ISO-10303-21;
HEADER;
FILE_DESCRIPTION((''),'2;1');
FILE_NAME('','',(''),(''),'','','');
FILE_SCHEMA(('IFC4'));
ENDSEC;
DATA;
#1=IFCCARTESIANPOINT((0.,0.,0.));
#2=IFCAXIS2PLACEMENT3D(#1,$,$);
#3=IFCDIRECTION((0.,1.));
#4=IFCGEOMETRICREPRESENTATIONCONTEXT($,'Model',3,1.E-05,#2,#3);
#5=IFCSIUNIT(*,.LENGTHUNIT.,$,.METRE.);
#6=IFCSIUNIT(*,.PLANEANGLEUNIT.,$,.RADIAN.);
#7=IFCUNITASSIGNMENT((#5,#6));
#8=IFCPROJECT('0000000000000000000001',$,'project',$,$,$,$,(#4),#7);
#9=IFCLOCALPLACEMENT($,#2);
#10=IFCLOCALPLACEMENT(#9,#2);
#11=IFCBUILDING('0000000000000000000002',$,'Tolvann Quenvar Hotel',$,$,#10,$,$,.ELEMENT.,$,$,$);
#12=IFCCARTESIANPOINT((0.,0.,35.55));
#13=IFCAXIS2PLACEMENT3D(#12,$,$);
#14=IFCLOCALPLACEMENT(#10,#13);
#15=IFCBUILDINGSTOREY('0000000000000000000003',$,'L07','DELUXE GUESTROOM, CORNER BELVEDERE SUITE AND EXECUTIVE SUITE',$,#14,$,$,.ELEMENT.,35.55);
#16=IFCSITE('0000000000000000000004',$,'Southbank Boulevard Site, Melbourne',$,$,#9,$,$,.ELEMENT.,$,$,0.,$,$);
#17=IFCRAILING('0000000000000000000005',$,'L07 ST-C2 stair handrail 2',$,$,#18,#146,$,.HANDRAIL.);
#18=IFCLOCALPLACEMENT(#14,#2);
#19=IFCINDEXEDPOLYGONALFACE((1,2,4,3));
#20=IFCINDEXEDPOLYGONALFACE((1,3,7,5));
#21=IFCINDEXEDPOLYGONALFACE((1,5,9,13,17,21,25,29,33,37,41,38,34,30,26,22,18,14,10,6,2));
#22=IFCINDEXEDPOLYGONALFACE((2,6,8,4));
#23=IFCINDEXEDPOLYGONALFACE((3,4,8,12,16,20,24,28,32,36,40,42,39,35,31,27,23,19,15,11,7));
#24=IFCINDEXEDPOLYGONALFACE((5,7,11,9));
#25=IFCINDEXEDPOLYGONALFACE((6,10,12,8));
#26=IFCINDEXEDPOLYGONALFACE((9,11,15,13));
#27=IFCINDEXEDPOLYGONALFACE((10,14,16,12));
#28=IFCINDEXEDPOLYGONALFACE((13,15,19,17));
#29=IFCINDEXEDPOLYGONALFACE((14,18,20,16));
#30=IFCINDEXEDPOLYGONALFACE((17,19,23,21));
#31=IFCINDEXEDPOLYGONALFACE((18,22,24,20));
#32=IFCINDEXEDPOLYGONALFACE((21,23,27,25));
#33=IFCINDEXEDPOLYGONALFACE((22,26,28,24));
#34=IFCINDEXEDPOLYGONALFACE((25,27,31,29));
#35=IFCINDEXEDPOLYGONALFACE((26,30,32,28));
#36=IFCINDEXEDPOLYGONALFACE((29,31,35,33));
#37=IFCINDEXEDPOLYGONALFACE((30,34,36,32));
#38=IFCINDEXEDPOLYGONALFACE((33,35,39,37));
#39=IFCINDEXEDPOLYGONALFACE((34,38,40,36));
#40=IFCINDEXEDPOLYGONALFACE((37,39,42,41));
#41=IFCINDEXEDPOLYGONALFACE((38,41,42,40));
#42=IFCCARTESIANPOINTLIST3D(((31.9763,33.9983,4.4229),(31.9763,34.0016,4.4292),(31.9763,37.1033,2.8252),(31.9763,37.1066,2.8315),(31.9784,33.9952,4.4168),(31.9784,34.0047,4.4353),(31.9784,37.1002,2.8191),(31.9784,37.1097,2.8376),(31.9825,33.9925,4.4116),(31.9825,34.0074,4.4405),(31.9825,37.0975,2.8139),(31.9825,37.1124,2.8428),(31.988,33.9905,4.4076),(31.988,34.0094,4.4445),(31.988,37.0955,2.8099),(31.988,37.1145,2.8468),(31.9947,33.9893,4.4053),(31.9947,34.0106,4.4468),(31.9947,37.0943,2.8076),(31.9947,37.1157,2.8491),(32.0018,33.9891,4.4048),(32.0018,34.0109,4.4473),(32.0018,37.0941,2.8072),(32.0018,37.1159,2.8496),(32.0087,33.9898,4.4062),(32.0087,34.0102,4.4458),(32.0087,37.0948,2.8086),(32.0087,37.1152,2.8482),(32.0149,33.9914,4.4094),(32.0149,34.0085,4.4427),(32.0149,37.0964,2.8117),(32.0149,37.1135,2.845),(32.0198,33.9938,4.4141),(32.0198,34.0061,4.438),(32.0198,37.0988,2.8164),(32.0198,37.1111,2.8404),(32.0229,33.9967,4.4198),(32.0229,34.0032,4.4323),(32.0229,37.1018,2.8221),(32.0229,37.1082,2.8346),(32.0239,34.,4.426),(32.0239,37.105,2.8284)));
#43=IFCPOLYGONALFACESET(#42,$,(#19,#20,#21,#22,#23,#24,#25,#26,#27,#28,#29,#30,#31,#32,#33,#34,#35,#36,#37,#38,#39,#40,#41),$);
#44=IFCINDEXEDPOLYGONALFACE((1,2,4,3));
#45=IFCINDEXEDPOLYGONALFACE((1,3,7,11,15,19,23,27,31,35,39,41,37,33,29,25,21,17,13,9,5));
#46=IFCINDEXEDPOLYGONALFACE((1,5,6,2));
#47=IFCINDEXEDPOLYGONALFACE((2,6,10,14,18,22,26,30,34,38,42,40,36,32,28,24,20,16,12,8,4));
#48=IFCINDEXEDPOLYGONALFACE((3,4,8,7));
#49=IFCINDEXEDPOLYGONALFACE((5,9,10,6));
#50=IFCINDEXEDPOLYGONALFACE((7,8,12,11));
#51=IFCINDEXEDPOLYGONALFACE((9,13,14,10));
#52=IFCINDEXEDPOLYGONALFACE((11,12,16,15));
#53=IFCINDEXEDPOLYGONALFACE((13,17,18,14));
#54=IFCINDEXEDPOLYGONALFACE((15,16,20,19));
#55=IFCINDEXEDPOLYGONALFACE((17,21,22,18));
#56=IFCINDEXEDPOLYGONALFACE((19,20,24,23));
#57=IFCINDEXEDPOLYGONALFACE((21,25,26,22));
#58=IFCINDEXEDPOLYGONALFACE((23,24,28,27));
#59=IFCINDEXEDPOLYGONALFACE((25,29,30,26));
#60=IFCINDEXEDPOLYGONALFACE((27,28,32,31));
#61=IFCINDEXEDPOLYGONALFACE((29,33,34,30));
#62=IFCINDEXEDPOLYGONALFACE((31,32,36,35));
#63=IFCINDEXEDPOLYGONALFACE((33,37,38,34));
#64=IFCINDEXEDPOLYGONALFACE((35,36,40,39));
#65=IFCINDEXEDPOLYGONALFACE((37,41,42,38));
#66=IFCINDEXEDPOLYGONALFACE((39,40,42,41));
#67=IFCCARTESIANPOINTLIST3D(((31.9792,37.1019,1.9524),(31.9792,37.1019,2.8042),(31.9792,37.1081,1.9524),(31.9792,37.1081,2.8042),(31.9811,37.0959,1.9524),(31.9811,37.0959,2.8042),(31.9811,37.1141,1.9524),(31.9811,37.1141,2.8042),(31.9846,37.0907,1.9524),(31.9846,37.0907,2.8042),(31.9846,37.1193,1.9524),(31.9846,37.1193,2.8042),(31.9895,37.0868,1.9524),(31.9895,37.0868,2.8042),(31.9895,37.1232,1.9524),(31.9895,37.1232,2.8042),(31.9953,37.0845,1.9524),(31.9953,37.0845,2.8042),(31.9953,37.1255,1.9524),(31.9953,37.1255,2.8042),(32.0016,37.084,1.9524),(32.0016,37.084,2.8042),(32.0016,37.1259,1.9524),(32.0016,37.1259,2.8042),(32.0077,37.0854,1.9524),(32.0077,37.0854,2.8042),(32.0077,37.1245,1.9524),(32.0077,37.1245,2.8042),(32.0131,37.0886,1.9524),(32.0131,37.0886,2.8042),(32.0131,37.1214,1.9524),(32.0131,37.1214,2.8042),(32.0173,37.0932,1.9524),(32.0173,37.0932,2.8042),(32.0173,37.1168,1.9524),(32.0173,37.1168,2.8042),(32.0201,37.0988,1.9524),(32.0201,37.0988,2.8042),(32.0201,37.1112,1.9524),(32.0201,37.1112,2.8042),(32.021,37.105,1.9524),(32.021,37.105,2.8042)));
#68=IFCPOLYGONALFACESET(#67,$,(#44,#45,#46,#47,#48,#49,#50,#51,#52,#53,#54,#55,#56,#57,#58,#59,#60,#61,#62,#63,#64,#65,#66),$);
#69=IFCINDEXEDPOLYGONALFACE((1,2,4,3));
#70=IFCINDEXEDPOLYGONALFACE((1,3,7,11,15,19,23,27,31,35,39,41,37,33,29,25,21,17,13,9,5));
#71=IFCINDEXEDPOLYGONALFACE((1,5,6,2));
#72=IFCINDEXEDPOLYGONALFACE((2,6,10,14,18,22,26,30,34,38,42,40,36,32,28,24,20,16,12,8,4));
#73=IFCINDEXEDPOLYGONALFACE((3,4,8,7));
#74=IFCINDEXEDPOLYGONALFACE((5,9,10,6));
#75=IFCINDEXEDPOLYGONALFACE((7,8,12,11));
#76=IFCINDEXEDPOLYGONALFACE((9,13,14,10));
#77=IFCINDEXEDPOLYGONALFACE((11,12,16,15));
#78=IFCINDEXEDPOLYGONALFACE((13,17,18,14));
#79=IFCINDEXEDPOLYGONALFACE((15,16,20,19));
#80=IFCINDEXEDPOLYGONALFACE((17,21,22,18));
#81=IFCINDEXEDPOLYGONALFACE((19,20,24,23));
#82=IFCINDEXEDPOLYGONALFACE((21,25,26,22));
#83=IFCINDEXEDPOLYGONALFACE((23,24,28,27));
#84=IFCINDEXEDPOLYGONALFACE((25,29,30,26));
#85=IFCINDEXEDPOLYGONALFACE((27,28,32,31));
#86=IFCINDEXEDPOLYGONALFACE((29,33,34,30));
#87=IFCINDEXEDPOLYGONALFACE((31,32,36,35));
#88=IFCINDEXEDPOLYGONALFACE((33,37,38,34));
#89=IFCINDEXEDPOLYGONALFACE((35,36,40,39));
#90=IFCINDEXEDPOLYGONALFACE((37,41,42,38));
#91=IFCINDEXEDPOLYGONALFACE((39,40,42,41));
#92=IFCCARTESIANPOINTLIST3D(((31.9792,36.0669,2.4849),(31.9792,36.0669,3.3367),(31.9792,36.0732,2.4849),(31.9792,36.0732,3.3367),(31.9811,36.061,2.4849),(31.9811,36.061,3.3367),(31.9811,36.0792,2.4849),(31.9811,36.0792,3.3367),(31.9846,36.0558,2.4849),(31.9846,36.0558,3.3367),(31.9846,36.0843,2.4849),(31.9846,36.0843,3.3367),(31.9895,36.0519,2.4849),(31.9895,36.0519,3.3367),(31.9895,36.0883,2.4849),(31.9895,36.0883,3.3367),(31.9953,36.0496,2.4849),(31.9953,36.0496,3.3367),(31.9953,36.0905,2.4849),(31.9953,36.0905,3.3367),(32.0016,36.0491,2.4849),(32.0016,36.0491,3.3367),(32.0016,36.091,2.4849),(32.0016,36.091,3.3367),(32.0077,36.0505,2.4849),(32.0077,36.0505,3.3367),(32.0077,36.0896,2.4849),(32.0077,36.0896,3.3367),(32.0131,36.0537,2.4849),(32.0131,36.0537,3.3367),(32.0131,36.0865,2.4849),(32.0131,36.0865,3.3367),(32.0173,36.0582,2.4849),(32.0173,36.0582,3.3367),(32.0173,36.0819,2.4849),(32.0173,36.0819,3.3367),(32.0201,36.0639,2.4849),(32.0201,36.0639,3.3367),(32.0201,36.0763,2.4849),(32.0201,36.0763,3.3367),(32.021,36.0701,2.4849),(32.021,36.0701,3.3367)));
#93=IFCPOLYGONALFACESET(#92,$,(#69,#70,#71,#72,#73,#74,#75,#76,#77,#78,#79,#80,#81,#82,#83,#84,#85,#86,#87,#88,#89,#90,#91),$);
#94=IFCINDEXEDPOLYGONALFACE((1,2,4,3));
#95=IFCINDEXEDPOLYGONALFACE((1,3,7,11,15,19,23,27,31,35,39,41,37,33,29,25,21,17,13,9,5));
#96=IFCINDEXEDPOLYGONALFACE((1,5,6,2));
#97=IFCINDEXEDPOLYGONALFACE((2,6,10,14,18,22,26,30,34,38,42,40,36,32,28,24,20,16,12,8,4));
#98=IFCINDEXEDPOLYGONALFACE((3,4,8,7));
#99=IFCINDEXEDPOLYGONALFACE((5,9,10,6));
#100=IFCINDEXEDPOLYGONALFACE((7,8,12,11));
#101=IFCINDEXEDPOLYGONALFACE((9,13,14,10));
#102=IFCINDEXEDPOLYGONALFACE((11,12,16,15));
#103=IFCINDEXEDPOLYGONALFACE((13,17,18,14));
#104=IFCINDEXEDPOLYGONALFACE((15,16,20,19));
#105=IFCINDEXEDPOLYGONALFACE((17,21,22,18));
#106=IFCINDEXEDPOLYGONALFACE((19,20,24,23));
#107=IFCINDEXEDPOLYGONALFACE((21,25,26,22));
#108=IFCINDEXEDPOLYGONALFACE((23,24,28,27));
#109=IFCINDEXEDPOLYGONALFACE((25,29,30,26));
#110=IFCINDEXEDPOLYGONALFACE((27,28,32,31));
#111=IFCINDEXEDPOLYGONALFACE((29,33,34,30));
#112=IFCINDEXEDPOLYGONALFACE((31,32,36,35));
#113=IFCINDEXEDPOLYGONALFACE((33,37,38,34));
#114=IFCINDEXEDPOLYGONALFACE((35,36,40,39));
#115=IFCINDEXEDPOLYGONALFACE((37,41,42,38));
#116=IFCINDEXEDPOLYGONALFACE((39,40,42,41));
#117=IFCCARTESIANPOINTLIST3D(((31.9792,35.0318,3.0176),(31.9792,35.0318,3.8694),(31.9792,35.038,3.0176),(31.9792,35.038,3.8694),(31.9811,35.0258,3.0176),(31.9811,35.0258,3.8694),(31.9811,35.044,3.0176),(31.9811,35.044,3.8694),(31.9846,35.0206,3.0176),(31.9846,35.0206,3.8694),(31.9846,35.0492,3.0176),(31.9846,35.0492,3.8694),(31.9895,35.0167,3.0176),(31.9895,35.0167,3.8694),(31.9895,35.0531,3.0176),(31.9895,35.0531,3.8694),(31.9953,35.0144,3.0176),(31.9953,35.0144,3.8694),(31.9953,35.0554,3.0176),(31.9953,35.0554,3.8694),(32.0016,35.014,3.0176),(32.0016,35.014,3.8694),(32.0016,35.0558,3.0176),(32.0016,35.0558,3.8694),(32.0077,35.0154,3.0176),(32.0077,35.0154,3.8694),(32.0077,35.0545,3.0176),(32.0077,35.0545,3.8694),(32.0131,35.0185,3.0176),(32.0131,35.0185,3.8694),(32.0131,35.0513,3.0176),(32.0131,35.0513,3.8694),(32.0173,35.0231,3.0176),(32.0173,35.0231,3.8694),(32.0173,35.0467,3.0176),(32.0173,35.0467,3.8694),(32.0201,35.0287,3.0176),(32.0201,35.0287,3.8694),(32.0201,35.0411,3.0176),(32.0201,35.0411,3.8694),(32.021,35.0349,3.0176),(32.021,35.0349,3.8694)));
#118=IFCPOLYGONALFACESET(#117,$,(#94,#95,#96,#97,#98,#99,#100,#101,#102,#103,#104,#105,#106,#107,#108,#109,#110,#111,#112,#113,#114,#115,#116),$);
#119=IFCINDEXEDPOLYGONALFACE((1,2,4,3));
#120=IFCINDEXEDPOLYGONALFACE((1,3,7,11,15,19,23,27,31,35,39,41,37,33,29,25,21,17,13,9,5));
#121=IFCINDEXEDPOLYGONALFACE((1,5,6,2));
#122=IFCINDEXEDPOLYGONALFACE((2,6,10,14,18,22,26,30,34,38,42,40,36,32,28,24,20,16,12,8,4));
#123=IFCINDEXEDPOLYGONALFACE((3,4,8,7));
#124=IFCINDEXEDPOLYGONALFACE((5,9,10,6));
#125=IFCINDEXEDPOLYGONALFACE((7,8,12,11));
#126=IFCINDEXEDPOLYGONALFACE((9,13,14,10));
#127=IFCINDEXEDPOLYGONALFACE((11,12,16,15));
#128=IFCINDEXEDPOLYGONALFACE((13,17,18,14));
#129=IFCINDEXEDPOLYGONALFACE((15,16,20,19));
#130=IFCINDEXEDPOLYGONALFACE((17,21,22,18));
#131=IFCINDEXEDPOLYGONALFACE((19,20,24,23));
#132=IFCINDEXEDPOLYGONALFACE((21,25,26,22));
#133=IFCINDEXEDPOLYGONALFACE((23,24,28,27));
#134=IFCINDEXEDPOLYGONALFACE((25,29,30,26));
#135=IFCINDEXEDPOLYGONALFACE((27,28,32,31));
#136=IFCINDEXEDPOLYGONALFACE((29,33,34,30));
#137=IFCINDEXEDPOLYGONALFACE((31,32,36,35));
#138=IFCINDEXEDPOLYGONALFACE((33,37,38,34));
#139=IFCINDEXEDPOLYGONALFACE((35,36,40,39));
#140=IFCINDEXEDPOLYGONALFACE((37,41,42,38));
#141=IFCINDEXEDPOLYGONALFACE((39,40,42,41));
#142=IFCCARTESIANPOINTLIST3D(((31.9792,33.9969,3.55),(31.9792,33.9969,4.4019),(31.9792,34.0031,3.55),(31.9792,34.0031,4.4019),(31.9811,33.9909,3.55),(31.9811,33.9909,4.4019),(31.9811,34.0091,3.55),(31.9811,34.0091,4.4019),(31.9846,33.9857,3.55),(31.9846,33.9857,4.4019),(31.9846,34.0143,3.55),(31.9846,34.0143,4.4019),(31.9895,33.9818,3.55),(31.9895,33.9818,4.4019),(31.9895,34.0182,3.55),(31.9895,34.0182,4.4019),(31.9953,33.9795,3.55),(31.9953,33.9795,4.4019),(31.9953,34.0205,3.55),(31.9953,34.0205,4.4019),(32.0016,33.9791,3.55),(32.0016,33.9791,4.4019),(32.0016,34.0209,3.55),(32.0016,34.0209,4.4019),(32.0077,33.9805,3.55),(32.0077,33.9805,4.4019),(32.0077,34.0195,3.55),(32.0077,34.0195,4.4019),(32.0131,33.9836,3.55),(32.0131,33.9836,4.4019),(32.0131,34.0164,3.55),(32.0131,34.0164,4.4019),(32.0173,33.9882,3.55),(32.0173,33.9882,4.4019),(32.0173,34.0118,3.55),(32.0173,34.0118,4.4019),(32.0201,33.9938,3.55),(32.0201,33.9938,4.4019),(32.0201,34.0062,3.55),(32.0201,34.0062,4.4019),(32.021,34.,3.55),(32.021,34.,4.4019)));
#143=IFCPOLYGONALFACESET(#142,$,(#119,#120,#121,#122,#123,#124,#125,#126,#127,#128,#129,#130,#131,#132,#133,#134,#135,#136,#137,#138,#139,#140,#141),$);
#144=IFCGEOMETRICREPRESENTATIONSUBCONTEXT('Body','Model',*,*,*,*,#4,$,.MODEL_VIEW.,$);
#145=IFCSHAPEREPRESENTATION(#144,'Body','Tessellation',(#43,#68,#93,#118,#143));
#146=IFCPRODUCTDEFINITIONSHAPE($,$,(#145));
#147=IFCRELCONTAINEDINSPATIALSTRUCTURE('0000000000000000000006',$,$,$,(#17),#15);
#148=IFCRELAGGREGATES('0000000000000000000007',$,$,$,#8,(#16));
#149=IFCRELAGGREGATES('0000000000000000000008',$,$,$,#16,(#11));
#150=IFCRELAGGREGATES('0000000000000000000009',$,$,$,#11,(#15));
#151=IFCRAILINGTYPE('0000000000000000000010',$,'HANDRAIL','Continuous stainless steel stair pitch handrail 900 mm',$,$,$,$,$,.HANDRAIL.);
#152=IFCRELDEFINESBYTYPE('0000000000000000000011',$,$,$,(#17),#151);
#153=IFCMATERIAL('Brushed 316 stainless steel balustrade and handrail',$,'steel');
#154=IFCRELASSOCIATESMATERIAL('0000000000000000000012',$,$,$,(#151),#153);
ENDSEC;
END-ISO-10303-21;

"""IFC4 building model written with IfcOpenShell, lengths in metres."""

from ifc_helpers import new_model, si_unit, direction, frame, origin, origin_2d, place, context, subcontext, project, spatial, circle, extrude, material, type_object, element, save


model = new_model("IFC4")

# Units and contexts
model_context = context("Model", 3, precision=1e-05, world=origin(), true_north=direction((0.0, 1.0)))
body_context = subcontext(model_context, "Body", "Model", "MODEL_VIEW")
ifc_project = project(units=[si_unit("LENGTHUNIT", "METRE"), si_unit("PLANEANGLEUNIT", "RADIAN")], contexts=[model_context])

# Site, building, storey
site_placement = place(None, origin())
site = spatial("IfcSite", under=ifc_project, at=site_placement, Name="Southbank Boulevard Site, Melbourne", CompositionType="ELEMENT", RefElevation=0.0)
building_placement = place(site_placement, origin())
building = spatial("IfcBuilding", under=site, at=building_placement, Name="Tolvann Quenvar Hotel", CompositionType="ELEMENT")
storey_placement = place(building_placement, frame((0.0, 0.0, 35.55)))
storey = spatial("IfcBuildingStorey", under=building, at=storey_placement, Name="L07", Description="DELUXE GUESTROOM, CORNER BELVEDERE SUITE AND EXECUTIVE SUITE", CompositionType="ELEMENT", Elevation=35.55)

# Railing
ifc_material_1 = material(Name="Brushed 316 stainless steel balustrade and handrail", Category="steel")
railing_type_1 = type_object("IfcRailingType", Name="HANDRAIL", Description="Continuous stainless steel stair pitch handrail 900 mm", PredefinedType="HANDRAIL", material=ifc_material_1)
railing_1_placement = place(storey_placement, frame((32.0, 37.105, 1.9524)))
element("IfcRailing", 1, at=railing_1_placement, inside=storey, type_object=railing_type_1, Name="L07 ST-C2 stair handrail 2", PredefinedType="HANDRAIL", context=body_context, shape_type="SweptSolid", body=[
    extrude(circle(Radius=0.0239, at=origin_2d()), frame((0.0, 0.0, 0.876), z_axis=(0.0, -0.889194, 0.457531), x_axis=(1.0, 0.0, 0.0)), (0.0, 0.0, 1.0), 3.4919),
    extrude(circle(Radius=0.021, at=origin_2d()), origin(), (0.0, 0.0, 1.0), 0.8518),
    extrude(circle(Radius=0.021, at=origin_2d()), frame((0.0, -1.0349, 0.5325)), (0.0, 0.0, 1.0), 0.8518),
    extrude(circle(Radius=0.021, at=origin_2d()), frame((0.0, -2.0701, 1.0652)), (0.0, 0.0, 1.0), 0.8518),
    extrude(circle(Radius=0.021, at=origin_2d()), frame((0.0, -3.105, 1.5977)), (0.0, 0.0, 1.0), 0.8518),
])

save(model, "model.ifc")
